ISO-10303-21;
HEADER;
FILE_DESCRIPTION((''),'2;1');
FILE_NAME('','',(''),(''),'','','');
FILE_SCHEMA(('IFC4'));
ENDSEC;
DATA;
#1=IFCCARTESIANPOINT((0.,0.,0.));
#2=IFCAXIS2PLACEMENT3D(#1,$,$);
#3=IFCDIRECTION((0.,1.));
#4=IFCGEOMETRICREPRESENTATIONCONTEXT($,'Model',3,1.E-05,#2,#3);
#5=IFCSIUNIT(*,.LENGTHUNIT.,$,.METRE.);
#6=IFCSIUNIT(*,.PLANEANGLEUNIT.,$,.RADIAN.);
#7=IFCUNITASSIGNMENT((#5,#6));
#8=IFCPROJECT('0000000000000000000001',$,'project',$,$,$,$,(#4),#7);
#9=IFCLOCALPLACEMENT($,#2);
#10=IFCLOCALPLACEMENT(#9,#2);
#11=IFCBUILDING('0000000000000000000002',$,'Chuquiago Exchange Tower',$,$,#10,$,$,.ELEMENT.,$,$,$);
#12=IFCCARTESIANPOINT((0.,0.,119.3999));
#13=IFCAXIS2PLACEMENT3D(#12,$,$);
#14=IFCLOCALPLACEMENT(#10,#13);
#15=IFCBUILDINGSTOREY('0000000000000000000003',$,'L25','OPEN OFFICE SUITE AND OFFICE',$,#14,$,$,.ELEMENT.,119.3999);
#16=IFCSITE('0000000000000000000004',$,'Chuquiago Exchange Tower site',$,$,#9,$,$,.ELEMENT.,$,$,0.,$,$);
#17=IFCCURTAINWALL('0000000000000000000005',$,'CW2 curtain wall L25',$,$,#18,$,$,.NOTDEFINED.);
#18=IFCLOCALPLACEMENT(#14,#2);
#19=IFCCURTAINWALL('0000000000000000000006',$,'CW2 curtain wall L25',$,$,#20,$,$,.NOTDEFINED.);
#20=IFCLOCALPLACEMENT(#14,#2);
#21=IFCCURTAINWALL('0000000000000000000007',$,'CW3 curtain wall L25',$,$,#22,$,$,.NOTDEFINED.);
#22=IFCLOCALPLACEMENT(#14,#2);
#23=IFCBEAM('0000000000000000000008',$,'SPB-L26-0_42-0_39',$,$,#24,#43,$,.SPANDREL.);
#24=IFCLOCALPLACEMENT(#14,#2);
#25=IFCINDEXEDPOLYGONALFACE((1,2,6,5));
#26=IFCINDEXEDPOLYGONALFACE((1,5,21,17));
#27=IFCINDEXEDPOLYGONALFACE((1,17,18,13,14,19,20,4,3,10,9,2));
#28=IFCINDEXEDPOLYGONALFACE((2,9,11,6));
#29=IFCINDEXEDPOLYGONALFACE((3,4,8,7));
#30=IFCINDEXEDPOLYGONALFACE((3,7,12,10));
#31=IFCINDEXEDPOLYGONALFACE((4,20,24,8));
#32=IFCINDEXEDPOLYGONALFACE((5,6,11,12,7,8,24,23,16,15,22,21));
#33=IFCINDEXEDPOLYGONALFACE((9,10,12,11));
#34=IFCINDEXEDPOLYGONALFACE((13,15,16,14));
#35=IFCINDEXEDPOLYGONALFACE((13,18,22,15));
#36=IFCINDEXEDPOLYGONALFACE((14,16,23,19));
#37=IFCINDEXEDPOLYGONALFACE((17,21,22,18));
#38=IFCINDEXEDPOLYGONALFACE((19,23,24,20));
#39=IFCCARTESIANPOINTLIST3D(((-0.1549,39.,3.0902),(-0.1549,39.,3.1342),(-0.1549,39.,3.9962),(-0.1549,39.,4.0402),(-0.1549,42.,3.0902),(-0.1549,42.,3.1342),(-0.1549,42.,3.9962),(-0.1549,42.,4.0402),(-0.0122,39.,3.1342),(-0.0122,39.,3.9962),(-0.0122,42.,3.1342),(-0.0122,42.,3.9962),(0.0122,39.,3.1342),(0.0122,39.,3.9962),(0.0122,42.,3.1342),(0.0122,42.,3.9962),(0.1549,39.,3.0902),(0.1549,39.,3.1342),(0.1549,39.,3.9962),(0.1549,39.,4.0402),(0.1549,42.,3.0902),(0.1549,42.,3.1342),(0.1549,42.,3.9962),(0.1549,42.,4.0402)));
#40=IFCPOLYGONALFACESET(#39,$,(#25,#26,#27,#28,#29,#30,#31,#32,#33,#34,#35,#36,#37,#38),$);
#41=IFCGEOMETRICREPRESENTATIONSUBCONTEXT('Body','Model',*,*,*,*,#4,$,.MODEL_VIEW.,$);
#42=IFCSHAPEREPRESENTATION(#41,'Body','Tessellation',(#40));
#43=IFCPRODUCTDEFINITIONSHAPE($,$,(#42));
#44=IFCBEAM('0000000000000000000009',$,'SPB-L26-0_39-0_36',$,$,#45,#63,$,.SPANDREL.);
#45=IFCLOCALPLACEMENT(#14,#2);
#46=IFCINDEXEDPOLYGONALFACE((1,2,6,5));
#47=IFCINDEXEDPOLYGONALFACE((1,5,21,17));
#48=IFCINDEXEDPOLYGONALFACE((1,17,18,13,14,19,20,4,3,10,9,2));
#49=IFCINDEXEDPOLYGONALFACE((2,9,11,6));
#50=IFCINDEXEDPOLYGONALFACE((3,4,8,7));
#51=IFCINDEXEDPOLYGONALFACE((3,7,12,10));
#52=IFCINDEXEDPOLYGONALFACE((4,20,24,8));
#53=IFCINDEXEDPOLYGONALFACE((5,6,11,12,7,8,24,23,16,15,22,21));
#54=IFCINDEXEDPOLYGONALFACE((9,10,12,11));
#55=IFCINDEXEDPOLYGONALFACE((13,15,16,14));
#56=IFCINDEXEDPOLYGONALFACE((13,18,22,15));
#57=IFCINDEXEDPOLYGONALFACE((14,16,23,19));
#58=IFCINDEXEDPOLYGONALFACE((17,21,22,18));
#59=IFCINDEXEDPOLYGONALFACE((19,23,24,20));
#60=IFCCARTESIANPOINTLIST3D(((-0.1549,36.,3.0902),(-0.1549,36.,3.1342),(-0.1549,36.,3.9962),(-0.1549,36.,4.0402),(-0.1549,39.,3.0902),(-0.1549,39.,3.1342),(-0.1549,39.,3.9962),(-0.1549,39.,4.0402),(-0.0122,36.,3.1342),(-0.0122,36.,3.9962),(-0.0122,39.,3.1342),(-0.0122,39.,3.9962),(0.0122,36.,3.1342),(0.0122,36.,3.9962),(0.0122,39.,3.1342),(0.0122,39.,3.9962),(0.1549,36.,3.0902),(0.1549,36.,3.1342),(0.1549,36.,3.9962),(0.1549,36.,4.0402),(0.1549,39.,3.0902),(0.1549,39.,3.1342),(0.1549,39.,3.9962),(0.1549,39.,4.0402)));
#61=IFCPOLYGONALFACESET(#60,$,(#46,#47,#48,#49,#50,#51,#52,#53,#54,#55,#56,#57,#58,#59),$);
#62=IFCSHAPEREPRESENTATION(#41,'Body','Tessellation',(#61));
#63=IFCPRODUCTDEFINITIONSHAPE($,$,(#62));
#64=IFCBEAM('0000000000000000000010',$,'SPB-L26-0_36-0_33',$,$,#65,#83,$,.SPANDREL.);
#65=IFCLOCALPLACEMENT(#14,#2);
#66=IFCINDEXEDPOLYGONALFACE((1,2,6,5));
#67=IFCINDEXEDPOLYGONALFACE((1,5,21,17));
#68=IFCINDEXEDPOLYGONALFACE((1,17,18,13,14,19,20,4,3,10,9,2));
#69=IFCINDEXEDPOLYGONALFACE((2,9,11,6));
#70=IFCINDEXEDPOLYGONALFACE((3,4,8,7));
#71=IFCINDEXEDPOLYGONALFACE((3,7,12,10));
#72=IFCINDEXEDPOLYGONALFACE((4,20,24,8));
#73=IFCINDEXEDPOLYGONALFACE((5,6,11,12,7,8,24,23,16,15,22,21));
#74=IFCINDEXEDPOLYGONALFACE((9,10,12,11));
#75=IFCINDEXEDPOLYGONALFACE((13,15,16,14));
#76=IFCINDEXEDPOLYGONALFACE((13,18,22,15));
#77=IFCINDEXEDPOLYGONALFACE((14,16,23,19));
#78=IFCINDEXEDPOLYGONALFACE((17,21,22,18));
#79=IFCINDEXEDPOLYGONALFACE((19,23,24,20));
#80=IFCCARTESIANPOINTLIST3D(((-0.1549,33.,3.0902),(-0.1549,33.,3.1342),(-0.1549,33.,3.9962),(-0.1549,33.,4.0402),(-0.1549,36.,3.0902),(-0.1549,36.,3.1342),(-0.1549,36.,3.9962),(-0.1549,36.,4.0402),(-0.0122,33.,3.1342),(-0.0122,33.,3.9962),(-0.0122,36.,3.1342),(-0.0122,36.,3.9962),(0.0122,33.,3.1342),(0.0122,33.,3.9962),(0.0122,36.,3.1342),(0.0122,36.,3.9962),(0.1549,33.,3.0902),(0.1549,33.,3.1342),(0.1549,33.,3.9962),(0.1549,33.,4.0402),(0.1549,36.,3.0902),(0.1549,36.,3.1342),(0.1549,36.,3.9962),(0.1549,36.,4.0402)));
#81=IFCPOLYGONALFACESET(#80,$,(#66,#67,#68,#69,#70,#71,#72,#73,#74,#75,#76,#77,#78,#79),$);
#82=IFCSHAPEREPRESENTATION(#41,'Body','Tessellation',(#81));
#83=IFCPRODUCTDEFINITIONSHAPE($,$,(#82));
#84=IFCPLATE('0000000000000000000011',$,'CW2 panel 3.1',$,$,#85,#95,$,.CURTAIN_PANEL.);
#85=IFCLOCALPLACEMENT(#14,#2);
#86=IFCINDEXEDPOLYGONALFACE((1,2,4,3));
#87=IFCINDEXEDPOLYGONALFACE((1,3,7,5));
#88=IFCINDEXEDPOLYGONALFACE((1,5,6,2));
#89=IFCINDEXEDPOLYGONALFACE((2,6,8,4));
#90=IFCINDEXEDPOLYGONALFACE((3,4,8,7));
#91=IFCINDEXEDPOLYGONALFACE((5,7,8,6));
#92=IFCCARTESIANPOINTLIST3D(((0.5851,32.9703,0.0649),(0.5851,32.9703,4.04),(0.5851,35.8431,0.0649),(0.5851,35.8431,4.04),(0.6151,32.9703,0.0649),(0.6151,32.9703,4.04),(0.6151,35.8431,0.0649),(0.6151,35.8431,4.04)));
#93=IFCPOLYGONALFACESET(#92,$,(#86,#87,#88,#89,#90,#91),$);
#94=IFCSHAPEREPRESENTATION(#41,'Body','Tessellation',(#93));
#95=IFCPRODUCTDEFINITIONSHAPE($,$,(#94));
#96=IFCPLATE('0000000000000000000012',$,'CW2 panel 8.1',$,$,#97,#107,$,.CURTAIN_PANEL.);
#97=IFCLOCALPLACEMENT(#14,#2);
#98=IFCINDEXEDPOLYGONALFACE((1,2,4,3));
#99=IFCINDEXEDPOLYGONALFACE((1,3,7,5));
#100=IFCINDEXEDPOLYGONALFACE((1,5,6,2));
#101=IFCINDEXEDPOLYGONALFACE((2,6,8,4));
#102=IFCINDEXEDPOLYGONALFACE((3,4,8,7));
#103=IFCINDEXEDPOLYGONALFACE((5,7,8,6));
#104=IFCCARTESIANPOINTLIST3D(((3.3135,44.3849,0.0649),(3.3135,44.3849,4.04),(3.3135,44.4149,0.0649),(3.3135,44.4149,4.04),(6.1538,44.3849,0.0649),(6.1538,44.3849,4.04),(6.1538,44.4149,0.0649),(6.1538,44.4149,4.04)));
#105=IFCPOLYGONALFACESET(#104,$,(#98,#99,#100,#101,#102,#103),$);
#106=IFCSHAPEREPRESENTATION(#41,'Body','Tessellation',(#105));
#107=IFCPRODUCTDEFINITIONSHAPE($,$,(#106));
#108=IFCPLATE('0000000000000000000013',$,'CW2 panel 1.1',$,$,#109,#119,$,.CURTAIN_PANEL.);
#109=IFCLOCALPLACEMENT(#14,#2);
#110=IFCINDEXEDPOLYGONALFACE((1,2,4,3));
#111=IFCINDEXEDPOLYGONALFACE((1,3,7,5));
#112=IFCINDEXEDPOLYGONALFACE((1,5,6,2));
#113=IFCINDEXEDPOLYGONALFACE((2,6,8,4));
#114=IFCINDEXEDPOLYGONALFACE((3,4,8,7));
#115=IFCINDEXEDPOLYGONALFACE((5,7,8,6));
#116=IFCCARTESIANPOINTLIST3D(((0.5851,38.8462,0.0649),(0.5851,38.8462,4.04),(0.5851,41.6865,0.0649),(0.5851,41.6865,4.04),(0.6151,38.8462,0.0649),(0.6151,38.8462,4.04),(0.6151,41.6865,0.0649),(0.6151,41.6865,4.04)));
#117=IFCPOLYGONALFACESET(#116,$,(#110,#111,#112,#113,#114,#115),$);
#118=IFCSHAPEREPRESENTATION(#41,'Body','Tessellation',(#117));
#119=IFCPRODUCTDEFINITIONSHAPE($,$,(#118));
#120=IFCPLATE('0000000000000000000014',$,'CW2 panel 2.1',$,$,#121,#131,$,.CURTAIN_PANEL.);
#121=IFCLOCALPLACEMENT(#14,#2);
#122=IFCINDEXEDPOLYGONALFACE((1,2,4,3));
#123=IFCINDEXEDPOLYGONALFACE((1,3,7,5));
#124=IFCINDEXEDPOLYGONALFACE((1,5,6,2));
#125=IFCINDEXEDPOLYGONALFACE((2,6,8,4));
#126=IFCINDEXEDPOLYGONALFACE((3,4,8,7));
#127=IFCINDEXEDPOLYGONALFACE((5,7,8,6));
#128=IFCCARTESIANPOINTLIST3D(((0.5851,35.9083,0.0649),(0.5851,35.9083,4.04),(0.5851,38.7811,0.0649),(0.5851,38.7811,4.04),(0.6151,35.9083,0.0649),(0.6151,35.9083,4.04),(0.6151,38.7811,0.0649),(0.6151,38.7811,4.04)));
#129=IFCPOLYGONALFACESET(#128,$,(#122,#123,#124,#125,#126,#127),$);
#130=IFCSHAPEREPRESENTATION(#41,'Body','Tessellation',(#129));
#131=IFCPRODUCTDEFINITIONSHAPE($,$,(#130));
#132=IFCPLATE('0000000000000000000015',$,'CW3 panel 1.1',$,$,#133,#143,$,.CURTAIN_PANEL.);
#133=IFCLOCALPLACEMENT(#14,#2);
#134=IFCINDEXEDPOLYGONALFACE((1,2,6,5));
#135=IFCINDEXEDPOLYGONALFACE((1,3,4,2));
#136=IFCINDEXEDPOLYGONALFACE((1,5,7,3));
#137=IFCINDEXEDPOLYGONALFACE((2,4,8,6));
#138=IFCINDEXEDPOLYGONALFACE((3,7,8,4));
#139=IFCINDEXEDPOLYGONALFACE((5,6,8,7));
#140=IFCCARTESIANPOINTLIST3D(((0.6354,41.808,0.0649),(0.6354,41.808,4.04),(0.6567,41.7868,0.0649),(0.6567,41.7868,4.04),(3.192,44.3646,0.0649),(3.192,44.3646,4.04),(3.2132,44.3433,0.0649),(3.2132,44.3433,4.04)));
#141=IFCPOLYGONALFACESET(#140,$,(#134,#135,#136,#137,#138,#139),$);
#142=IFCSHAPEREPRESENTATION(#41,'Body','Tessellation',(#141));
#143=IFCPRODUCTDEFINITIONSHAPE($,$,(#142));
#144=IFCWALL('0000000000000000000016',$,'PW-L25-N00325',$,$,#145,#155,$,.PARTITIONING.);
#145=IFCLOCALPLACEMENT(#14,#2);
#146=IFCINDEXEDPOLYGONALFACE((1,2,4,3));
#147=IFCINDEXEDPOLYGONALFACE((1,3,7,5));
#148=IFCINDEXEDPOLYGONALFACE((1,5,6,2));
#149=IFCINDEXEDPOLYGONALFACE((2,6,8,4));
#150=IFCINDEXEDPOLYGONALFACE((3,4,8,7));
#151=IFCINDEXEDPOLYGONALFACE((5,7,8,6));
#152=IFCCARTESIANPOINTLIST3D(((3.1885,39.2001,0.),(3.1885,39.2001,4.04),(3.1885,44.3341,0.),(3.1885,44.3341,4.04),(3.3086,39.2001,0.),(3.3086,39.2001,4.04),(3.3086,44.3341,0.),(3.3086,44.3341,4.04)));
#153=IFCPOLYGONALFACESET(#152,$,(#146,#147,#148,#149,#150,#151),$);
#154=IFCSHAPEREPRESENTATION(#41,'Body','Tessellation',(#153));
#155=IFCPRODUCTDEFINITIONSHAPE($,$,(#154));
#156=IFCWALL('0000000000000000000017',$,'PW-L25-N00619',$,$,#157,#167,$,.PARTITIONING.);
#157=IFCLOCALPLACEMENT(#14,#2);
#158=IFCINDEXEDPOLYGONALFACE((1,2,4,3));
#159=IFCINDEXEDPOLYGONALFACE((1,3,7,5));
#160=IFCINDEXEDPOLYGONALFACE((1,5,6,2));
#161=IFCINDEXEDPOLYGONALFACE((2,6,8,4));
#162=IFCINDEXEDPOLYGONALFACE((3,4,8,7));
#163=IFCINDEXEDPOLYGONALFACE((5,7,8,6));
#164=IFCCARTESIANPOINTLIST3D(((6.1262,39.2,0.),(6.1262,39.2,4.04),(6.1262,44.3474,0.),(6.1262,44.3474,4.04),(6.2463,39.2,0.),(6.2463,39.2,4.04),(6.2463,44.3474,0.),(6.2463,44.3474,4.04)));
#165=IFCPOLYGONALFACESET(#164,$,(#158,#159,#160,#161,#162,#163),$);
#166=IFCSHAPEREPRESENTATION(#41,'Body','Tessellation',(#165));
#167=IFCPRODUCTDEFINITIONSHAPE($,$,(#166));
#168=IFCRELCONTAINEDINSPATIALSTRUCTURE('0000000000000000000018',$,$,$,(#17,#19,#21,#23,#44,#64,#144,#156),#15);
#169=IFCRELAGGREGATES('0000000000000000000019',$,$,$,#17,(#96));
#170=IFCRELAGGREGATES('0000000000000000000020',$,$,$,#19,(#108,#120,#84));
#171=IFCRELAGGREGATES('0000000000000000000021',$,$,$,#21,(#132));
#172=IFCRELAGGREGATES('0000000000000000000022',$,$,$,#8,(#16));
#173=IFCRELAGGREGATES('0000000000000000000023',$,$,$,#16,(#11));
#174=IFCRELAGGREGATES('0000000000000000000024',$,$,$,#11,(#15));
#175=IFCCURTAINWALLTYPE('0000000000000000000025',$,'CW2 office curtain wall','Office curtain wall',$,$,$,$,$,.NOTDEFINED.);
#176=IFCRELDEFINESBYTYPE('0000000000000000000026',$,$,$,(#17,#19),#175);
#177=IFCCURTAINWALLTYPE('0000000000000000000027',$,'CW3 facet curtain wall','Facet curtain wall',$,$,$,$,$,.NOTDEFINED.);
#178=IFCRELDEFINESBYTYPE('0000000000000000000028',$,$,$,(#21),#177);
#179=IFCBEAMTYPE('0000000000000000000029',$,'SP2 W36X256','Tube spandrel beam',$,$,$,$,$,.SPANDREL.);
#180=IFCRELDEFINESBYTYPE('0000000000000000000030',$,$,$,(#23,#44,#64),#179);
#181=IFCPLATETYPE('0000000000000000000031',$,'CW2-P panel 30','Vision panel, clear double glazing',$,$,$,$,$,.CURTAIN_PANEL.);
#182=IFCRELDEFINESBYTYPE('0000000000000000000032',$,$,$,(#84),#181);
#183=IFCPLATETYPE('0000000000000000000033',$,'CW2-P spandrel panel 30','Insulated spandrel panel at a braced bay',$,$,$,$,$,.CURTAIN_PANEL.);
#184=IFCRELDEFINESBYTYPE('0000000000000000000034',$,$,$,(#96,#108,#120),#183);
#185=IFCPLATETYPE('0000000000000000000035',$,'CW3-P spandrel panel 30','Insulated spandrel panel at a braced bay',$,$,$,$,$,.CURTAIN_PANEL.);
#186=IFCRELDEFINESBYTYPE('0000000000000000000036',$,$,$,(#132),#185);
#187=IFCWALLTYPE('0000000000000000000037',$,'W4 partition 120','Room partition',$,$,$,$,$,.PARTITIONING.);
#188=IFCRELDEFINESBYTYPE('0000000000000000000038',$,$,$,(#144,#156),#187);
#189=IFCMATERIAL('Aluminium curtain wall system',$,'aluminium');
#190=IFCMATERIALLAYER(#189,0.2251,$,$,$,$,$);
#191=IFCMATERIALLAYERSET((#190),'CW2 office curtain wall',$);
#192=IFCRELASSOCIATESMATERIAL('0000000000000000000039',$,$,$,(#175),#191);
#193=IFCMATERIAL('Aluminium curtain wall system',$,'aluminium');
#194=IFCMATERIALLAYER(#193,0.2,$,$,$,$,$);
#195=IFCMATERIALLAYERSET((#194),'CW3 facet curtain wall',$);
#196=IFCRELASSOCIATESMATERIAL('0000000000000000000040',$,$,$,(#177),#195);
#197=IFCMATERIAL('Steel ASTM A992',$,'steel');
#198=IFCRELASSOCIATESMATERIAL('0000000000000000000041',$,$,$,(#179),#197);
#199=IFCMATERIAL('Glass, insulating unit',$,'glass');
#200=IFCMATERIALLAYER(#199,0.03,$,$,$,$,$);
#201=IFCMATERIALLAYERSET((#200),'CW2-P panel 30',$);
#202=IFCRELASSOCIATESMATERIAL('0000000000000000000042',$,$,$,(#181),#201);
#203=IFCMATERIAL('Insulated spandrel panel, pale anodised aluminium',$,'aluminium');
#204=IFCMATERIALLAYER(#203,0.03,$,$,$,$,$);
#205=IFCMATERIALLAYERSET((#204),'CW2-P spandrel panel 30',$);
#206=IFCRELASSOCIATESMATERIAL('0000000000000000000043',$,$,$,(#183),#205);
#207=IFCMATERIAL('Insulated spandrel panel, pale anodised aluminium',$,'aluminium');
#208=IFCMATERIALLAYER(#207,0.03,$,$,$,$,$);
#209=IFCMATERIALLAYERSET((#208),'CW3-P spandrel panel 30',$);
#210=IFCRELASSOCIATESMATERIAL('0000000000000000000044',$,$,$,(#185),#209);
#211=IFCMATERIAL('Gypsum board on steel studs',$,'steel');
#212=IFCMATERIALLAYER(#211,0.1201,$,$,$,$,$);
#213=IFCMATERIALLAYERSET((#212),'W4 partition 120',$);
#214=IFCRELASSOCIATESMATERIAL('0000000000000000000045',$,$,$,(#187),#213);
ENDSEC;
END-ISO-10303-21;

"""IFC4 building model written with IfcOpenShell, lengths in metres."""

from ifc_helpers import new_model, si_unit, direction, frame, frame_2d, origin, origin_2d, place, context, subcontext, project, spatial, rectangle, i_section, extrude, material, layer, layer_set, material_profile, profile_set, type_object, element, aggregate, save


model = new_model("IFC4")

# Units and contexts
model_context = context("Model", 3, precision=1e-05, world=origin(), true_north=direction((0.0, 1.0)))
body_context = subcontext(model_context, "Body", "Model", "MODEL_VIEW")
ifc_project = project(units=[si_unit("LENGTHUNIT", "METRE"), si_unit("PLANEANGLEUNIT", "RADIAN")], contexts=[model_context])

# Site, building, storey
site_placement = place(None, origin())
site = spatial("IfcSite", under=ifc_project, at=site_placement, Name="Chuquiago Exchange Tower site", CompositionType="ELEMENT", RefElevation=0.0)
building_placement = place(site_placement, origin())
building = spatial("IfcBuilding", under=site, at=building_placement, Name="Chuquiago Exchange Tower", CompositionType="ELEMENT")
storey_placement = place(building_placement, frame((0.0, 0.0, 119.3999)))
storey = spatial("IfcBuildingStorey", under=building, at=storey_placement, Name="L25", Description="OPEN OFFICE SUITE AND OFFICE", CompositionType="ELEMENT", Elevation=119.3999)

# Curtain walls
ifc_material_1 = material(Name="Aluminium curtain wall system", Category="aluminium")
ifc_layer_1 = layer(ifc_material_1, 0.2251)
ifc_layer_set_1 = layer_set([ifc_layer_1], Name="CW2 office curtain wall")
curtain_wall_type_1 = type_object("IfcCurtainWallType", Name="CW2 office curtain wall", Description="Office curtain wall", PredefinedType="NOTDEFINED", material=ifc_layer_set_1)
curtain_wall_1_placement = place(storey_placement, origin())
curtain_wall_1 = element("IfcCurtainWall", 1, at=curtain_wall_1_placement, inside=storey, type_object=curtain_wall_type_1, Name="CW2 curtain wall L25", PredefinedType="NOTDEFINED")
curtain_wall_2_placement = place(storey_placement, origin())
curtain_wall_2 = element("IfcCurtainWall", 2, at=curtain_wall_2_placement, inside=storey, type_object=curtain_wall_type_1, Name="CW2 curtain wall L25", PredefinedType="NOTDEFINED")

# Curtain wall
ifc_material_2 = material(Name="Aluminium curtain wall system", Category="aluminium")
ifc_layer_2 = layer(ifc_material_2, 0.2)
ifc_layer_set_2 = layer_set([ifc_layer_2], Name="CW3 facet curtain wall")
curtain_wall_type_2 = type_object("IfcCurtainWallType", Name="CW3 facet curtain wall", Description="Facet curtain wall", PredefinedType="NOTDEFINED", material=ifc_layer_set_2)
curtain_wall_3_placement = place(storey_placement, origin())
curtain_wall_3 = element("IfcCurtainWall", 3, at=curtain_wall_3_placement, inside=storey, type_object=curtain_wall_type_2, Name="CW3 curtain wall L25", PredefinedType="NOTDEFINED")

# Beams
ifc_material_3 = material(Name="Steel ASTM A992", Category="steel")
ifc_material_profile_1 = material_profile(ifc_material_3, i_section(OverallWidth=0.3098, OverallDepth=0.95, WebThickness=0.0244, FlangeThickness=0.0439, at=origin_2d()), Name="W36X256")
ifc_profile_set_1 = profile_set([ifc_material_profile_1], Name="Steel ASTM A992")
beam_type = type_object("IfcBeamType", Name="SP2 W36X256", Description="Tube spandrel beam", PredefinedType="SPANDREL", material=ifc_profile_set_1)
for number, where, z_axis, x_axis, name in (
    (4, (0.0, 42.0, 3.5652), (0.0, -1.0, 0.0), (1.0, 0.0, 0.0), "SPB-L26-0_42-0_39"),
    (5, (0.0, 39.0, 3.5652), (0.0, -1.0, 0.0), (1.0, 0.0, 0.0), "SPB-L26-0_39-0_36"),
    (6, (0.0, 36.0, 3.5652), (0.0, -1.0, 0.0), (1.0, 0.0, 0.0), "SPB-L26-0_36-0_33"),
):
    element("IfcBeam", number, at=place(storey_placement, frame(where, z_axis=z_axis, x_axis=x_axis)), inside=storey, type_object=beam_type, Name=name, PredefinedType="SPANDREL", context=body_context, shape_type="SweptSolid", body=[
        extrude(i_section(OverallWidth=0.3098, OverallDepth=0.95, WebThickness=0.0244, FlangeThickness=0.0439, at=origin_2d()), origin(), (0.0, 0.0, 1.0), 3.0),
    ])

# Plates
ifc_material_4 = material(Name="Glass, insulating unit", Category="glass")
ifc_layer_3 = layer(ifc_material_4, 0.03)
ifc_layer_set_3 = layer_set([ifc_layer_3], Name="CW2-P panel 30")
plate_type_1 = type_object("IfcPlateType", Name="CW2-P panel 30", Description="Vision panel, clear double glazing", PredefinedType="CURTAIN_PANEL", material=ifc_layer_set_3)
plate_1_placement = place(storey_placement, frame((0.6001, 34.4067, 0.0649), z_axis=(0.0, 0.0, 1.0), x_axis=(0.0, -1.0, 0.0)))
plate_1 = element("IfcPlate", 7, at=plate_1_placement, type_object=plate_type_1, Name="CW2 panel 3.1", PredefinedType="CURTAIN_PANEL", context=body_context, shape_type="SweptSolid", body=[
    extrude(rectangle(XDim=2.8728, YDim=0.03, at=origin_2d()), origin(), (0.0, 0.0, 1.0), 3.9751),
])
ifc_material_5 = material(Name="Insulated spandrel panel, pale anodised aluminium", Category="aluminium")
ifc_layer_4 = layer(ifc_material_5, 0.03)
ifc_layer_set_4 = layer_set([ifc_layer_4], Name="CW2-P spandrel panel 30")
plate_type_2 = type_object("IfcPlateType", Name="CW2-P spandrel panel 30", Description="Insulated spandrel panel at a braced bay", PredefinedType="CURTAIN_PANEL", material=ifc_layer_set_4)
plate_2_placement = place(storey_placement, frame((4.7336, 44.3999, 0.0649), z_axis=(0.0, 0.0, 1.0), x_axis=(-1.0, 0.0, 0.0)))
plate_2 = element("IfcPlate", 8, at=plate_2_placement, type_object=plate_type_2, Name="CW2 panel 8.1", PredefinedType="CURTAIN_PANEL", context=body_context, shape_type="SweptSolid", body=[
    extrude(rectangle(XDim=2.8403, YDim=0.03, at=origin_2d()), origin(), (0.0, 0.0, 1.0), 3.9751),
])
aggregate(curtain_wall_1, [plate_2])
plate_3_placement = place(storey_placement, frame((0.6001, 40.2664, 0.0649), z_axis=(0.0, 0.0, 1.0), x_axis=(0.0, -1.0, 0.0)))
plate_3 = element("IfcPlate", 9, at=plate_3_placement, type_object=plate_type_2, Name="CW2 panel 1.1", PredefinedType="CURTAIN_PANEL", context=body_context, shape_type="SweptSolid", body=[
    extrude(rectangle(XDim=2.8403, YDim=0.03, at=origin_2d()), origin(), (0.0, 0.0, 1.0), 3.9751),
])
plate_4_placement = place(storey_placement, frame((0.6001, 37.3447, 0.0649), z_axis=(0.0, 0.0, 1.0), x_axis=(0.0, -1.0, 0.0)))
plate_4 = element("IfcPlate", 10, at=plate_4_placement, type_object=plate_type_2, Name="CW2 panel 2.1", PredefinedType="CURTAIN_PANEL", context=body_context, shape_type="SweptSolid", body=[
    extrude(rectangle(XDim=2.8728, YDim=0.03, at=origin_2d()), origin(), (0.0, 0.0, 1.0), 3.9751),
])
aggregate(curtain_wall_2, [plate_3, plate_4, plate_1])
ifc_material_6 = material(Name="Insulated spandrel panel, pale anodised aluminium", Category="aluminium")
ifc_layer_5 = layer(ifc_material_6, 0.03)
ifc_layer_set_5 = layer_set([ifc_layer_5], Name="CW3-P spandrel panel 30")
plate_type_3 = type_object("IfcPlateType", Name="CW3-P spandrel panel 30", Description="Insulated spandrel panel at a braced bay", PredefinedType="CURTAIN_PANEL", material=ifc_layer_set_5)
plate_5_placement = place(storey_placement, frame((1.9243, 43.0757, 0.0649), z_axis=(0.0, 0.0, 1.0), x_axis=(-0.707107, -0.707107, 0.0)))
plate_5 = element("IfcPlate", 11, at=plate_5_placement, type_object=plate_type_3, Name="CW3 panel 1.1", PredefinedType="CURTAIN_PANEL", context=body_context, shape_type="SweptSolid", body=[
    extrude(rectangle(XDim=3.6155, YDim=0.03, at=origin_2d()), origin(), (0.0, 0.0, 1.0), 3.9751),
])
aggregate(curtain_wall_3, [plate_5])

# Walls
ifc_material_7 = material(Name="Gypsum board on steel studs", Category="steel")
ifc_layer_6 = layer(ifc_material_7, 0.1201)
ifc_layer_set_6 = layer_set([ifc_layer_6], Name="W4 partition 120")
wall_type = type_object("IfcWallType", Name="W4 partition 120", Description="Room partition", PredefinedType="PARTITIONING", material=ifc_layer_set_6)
wall_1_placement = place(storey_placement, frame((3.2485, 44.334, 0.0), z_axis=(0.0, 0.0, 1.0), x_axis=(0.0, -1.0, 0.0)))
element("IfcWall", 12, at=wall_1_placement, inside=storey, type_object=wall_type, Name="PW-L25-N00325", PredefinedType="PARTITIONING", context=body_context, shape_type="SweptSolid", body=[
    extrude(rectangle(XDim=5.134, YDim=0.1201, at=frame_2d((2.5669, 0.0))), origin(), (0.0, 0.0, 1.0), 4.04),
])
wall_2_placement = place(storey_placement, frame((6.1863, 44.3474, 0.0), z_axis=(0.0, 0.0, 1.0), x_axis=(0.0, -1.0, 0.0)))
element("IfcWall", 13, at=wall_2_placement, inside=storey, type_object=wall_type, Name="PW-L25-N00619", PredefinedType="PARTITIONING", context=body_context, shape_type="SweptSolid", body=[
    extrude(rectangle(XDim=5.1475, YDim=0.1201, at=frame_2d((2.5737, 0.0))), origin(), (0.0, 0.0, 1.0), 4.04),
])

save(model, "model.ifc")
